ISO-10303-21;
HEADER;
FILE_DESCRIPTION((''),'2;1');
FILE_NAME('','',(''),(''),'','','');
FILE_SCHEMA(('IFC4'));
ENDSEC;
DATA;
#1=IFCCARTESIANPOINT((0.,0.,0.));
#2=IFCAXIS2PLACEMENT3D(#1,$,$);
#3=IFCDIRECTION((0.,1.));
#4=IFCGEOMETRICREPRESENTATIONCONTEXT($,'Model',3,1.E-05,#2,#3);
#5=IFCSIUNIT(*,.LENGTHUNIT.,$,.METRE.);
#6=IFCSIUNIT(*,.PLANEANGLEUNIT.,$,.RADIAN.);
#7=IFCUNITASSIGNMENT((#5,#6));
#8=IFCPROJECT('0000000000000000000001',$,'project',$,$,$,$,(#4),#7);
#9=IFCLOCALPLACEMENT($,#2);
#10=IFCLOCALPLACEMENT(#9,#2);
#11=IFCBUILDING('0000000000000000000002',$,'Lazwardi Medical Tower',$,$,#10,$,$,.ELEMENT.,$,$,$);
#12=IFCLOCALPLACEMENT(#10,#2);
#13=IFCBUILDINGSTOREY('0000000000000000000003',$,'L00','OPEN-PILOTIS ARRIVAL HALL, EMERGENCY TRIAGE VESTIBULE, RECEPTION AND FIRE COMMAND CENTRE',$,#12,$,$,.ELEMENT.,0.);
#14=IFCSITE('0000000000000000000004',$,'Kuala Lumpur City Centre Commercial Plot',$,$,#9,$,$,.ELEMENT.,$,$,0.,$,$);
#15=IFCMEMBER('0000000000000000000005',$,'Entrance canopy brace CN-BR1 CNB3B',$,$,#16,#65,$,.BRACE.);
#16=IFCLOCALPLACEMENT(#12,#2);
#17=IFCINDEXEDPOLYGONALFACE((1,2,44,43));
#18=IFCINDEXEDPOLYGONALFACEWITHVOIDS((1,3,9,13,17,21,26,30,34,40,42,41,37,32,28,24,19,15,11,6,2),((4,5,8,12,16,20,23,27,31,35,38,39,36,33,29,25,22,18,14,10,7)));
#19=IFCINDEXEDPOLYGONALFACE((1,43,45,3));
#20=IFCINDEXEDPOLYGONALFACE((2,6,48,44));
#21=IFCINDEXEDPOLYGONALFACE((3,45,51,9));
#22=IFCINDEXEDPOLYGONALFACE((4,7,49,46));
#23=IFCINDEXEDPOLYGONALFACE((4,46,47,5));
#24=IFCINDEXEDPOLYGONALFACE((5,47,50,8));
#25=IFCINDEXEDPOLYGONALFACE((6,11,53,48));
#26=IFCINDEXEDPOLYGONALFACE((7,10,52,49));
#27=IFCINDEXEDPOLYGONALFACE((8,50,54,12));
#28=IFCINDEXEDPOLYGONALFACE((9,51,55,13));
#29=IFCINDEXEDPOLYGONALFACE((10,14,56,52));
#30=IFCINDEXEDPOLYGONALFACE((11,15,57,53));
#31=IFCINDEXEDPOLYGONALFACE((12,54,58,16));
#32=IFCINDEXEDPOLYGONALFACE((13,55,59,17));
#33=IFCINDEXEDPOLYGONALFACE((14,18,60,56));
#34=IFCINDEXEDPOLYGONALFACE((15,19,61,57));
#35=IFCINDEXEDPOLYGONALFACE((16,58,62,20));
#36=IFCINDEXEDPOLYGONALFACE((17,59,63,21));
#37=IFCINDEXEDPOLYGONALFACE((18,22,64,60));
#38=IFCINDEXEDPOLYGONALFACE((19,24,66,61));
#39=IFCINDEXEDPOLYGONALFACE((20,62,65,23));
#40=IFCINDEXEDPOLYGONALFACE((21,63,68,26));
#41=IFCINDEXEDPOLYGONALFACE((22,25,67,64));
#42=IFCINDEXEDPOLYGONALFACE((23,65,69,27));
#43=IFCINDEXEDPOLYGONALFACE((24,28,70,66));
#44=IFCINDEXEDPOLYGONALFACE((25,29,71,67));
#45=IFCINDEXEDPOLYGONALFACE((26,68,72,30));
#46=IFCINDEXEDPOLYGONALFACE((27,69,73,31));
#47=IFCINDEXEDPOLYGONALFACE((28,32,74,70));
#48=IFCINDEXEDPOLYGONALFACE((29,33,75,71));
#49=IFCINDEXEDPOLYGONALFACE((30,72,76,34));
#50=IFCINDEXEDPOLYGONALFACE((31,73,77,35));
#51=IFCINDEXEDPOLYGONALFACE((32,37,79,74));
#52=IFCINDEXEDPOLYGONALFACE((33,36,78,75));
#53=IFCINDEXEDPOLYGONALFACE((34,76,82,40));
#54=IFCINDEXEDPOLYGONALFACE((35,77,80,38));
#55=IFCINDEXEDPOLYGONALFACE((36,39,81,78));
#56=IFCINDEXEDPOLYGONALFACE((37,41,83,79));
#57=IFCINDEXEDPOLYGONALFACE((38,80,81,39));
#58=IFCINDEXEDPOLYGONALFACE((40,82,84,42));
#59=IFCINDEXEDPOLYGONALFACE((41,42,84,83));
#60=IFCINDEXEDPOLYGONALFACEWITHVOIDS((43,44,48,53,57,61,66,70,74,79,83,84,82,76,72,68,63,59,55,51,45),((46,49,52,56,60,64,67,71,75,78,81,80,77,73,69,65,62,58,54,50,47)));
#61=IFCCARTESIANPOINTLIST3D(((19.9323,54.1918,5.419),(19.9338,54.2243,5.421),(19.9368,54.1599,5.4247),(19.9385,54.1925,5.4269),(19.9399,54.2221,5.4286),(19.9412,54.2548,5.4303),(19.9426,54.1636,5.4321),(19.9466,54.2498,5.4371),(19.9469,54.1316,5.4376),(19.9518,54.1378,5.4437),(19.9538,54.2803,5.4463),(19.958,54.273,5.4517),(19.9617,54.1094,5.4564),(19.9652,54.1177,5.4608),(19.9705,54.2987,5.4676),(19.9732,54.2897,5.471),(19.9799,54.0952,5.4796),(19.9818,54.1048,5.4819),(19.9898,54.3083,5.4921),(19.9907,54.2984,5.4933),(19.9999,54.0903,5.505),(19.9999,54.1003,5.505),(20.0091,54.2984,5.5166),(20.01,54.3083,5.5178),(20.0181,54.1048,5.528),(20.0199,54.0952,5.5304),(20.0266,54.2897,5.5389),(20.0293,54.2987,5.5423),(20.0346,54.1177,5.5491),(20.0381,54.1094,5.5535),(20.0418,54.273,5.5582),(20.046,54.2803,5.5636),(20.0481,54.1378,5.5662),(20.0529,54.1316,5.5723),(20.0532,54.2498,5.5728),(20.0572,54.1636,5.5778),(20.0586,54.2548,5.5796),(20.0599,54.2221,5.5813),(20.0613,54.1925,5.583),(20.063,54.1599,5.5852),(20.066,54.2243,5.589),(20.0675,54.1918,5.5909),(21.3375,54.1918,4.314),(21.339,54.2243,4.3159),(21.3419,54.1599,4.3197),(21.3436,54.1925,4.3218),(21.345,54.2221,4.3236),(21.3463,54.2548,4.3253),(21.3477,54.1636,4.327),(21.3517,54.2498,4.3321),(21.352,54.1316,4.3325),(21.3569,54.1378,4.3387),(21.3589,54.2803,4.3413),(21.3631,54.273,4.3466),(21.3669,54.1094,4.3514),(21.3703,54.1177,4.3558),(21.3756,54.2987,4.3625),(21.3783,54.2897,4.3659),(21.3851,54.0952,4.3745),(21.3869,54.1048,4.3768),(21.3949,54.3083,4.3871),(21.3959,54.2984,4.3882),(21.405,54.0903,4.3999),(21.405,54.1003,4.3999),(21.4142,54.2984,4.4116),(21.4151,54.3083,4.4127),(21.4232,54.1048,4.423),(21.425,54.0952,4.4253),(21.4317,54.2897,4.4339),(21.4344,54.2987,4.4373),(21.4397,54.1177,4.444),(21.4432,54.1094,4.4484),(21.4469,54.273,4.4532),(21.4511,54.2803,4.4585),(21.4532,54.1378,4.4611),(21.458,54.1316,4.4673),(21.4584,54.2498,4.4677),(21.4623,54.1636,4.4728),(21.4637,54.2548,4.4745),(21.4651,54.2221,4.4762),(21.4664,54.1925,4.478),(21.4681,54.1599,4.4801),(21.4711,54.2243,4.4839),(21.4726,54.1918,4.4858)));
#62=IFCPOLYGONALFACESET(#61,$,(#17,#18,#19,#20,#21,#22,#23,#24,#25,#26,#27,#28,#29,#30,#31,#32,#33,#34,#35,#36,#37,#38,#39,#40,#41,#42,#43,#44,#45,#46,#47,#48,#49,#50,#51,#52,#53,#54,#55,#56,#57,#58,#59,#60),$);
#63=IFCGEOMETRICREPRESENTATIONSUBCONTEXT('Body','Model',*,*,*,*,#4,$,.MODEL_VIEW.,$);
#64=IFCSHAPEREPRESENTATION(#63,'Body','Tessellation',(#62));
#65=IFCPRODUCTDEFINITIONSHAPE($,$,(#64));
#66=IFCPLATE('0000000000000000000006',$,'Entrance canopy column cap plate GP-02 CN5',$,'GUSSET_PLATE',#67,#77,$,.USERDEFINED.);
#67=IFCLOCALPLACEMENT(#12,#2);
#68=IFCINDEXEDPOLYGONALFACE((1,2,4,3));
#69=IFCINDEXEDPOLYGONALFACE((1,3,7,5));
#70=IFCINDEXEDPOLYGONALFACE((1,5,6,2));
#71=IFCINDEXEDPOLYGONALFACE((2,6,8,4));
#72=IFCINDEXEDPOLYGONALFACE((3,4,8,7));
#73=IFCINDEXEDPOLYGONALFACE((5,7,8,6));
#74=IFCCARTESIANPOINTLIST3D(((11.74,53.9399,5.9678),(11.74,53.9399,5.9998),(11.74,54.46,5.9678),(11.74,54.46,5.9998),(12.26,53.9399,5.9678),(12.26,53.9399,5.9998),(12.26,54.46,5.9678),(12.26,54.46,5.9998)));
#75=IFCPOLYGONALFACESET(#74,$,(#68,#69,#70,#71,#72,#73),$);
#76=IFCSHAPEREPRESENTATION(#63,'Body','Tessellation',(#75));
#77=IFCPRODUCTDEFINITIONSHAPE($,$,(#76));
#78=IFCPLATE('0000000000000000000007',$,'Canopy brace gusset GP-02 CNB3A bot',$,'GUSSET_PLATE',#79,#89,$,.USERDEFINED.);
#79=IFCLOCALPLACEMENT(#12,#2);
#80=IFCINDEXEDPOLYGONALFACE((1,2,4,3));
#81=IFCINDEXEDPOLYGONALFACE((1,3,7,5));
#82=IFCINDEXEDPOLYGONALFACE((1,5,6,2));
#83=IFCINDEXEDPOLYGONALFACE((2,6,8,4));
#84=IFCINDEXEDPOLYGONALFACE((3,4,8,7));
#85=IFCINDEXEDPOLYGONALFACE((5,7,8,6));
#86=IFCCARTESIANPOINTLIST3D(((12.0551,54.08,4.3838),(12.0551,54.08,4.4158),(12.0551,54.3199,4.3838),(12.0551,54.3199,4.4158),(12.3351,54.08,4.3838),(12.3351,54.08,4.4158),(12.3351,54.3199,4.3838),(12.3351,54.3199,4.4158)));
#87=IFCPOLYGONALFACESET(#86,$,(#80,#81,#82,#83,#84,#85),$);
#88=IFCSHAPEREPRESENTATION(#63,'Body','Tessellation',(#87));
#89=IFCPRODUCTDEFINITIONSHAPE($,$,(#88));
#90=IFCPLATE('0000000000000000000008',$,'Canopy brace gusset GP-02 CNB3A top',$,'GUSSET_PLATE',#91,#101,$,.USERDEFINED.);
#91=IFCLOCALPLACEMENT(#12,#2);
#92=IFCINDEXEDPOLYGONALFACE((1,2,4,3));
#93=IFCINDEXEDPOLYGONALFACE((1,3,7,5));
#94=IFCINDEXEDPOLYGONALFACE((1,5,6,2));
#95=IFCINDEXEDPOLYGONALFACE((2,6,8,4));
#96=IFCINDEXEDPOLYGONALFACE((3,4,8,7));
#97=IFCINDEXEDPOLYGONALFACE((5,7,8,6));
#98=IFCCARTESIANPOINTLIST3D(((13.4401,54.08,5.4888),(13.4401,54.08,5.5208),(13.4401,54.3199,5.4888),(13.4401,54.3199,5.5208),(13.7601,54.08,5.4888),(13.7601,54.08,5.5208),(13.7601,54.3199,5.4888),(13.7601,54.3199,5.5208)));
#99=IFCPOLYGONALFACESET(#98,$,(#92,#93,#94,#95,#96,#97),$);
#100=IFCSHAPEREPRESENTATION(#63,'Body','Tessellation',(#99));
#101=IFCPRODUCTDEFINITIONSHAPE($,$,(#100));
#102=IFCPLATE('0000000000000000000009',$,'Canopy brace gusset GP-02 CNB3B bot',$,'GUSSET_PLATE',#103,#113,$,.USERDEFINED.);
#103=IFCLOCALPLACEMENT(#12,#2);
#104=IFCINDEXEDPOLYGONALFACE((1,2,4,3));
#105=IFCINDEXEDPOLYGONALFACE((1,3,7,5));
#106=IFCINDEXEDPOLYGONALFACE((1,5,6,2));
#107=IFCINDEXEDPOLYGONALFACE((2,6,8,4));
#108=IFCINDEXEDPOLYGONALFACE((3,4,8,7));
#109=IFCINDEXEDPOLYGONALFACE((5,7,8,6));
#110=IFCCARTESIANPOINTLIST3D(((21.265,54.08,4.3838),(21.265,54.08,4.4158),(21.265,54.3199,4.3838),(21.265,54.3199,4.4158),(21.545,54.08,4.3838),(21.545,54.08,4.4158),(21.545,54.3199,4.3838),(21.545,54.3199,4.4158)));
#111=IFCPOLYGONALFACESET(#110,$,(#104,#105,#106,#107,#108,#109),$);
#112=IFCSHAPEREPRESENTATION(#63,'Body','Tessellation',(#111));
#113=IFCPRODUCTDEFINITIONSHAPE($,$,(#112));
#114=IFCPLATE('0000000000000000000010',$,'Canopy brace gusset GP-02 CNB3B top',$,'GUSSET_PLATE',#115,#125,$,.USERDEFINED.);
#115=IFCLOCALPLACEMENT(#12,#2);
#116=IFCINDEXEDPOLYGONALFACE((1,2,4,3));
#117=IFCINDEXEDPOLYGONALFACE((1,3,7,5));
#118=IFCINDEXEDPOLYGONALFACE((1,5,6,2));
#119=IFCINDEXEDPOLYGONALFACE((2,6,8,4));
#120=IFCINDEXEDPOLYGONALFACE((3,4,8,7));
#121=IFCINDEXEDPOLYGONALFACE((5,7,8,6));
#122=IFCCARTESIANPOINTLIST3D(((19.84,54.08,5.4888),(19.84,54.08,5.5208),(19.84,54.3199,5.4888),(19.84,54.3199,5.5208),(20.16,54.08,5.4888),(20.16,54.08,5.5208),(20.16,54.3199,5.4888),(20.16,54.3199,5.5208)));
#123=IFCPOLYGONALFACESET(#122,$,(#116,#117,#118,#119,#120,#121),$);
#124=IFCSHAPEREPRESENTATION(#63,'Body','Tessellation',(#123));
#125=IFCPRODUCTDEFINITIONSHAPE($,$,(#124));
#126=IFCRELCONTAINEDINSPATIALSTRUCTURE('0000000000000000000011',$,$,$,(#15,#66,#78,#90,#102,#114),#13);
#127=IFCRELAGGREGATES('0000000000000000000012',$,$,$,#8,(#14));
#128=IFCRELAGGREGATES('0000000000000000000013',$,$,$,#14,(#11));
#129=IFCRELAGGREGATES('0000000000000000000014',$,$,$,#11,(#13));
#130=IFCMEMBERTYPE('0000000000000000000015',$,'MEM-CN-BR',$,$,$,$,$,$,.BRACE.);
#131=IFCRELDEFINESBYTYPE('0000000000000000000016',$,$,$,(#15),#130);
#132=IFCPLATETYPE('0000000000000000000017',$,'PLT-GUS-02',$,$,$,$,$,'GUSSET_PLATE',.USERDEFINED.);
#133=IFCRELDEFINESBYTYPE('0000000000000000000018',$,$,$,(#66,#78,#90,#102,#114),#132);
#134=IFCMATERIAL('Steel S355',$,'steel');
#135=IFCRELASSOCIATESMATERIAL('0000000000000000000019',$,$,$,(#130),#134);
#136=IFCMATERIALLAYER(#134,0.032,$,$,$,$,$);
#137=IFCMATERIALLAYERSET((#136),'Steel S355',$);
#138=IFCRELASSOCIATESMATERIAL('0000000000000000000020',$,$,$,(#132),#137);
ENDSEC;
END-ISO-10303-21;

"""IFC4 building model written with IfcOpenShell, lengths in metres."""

from ifc_helpers import new_model, si_unit, direction, frame, origin, origin_2d, place, context, subcontext, project, spatial, rectangle, hollow_circle, extrude, material, layer, layer_set, material_profile, profile_set, type_object, element, save


model = new_model("IFC4")

# Units and contexts
model_context = context("Model", 3, precision=1e-05, world=origin(), true_north=direction((0.0, 1.0)))
body_context = subcontext(model_context, "Body", "Model", "MODEL_VIEW")
ifc_project = project(units=[si_unit("LENGTHUNIT", "METRE"), si_unit("PLANEANGLEUNIT", "RADIAN")], contexts=[model_context])

# Site, building, storey
site_placement = place(None, origin())
site = spatial("IfcSite", under=ifc_project, at=site_placement, Name="Kuala Lumpur City Centre Commercial Plot", CompositionType="ELEMENT", RefElevation=0.0)
building_placement = place(site_placement, origin())
building = spatial("IfcBuilding", under=site, at=building_placement, Name="Lazwardi Medical Tower", CompositionType="ELEMENT")
storey_placement = place(building_placement, origin())
storey = spatial("IfcBuildingStorey", under=building, at=storey_placement, Name="L00", Description="OPEN-PILOTIS ARRIVAL HALL, EMERGENCY TRIAGE VESTIBULE, RECEPTION AND FIRE COMMAND CENTRE", CompositionType="ELEMENT", Elevation=0.0)

# Shared definitions
ifc_material_1 = material(Name="Steel S355", Category="steel")

# Member
ifc_material_profile_1 = material_profile(ifc_material_1, hollow_circle(Radius=0.1096, WallThickness=0.01, at=origin_2d()), Name="CHS 219.1x10")
ifc_profile_set_1 = profile_set([ifc_material_profile_1], Name="Steel S355")
member_type = type_object("IfcMemberType", Name="MEM-CN-BR", PredefinedType="BRACE", material=ifc_profile_set_1)
for number, where, z_axis, x_axis, name in (
    (1, (21.405, 54.2, 4.3999), (-0.786039, 0.0, 0.618177), (0.0, -1.0, 0.0), "Entrance canopy brace CN-BR1 CNB3B"),
):
    element("IfcMember", number, at=place(storey_placement, frame(where, z_axis=z_axis, x_axis=x_axis)), inside=storey, type_object=member_type, Name=name, PredefinedType="BRACE", context=body_context, shape_type="SweptSolid", body=[
        extrude(hollow_circle(Radius=0.1096, WallThickness=0.01, at=origin_2d()), origin(), (0.0, 0.0, 1.0), 1.7876),
    ])

# Plates
ifc_layer = layer(ifc_material_1, 0.032)
ifc_layer_set = layer_set([ifc_layer], Name="Steel S355")
plate_type = type_object("IfcPlateType", Name="PLT-GUS-02", ElementType="GUSSET_PLATE", PredefinedType="USERDEFINED", material=ifc_layer_set)
plate_1_placement = place(storey_placement, frame((12.0, 54.2, 5.9678), z_axis=(0.0, 0.0, 1.0), x_axis=(1.0, 0.0, 0.0)))
element("IfcPlate", 2, at=plate_1_placement, inside=storey, type_object=plate_type, Name="Entrance canopy column cap plate GP-02 CN5", ObjectType="GUSSET_PLATE", PredefinedType="USERDEFINED", context=body_context, shape_type="SweptSolid", body=[
    extrude(rectangle(XDim=0.52, YDim=0.52, at=origin_2d()), origin(), (0.0, 0.0, 1.0), 0.032),
])
plate_2_placement = place(storey_placement, frame((12.1951, 54.2, 4.3838), z_axis=(0.0, 0.0, 1.0), x_axis=(1.0, 0.0, 0.0)))
element("IfcPlate", 3, at=plate_2_placement, inside=storey, type_object=plate_type, Name="Canopy brace gusset GP-02 CNB3A bot", ObjectType="GUSSET_PLATE", PredefinedType="USERDEFINED", context=body_context, shape_type="SweptSolid", body=[
    extrude(rectangle(XDim=0.28, YDim=0.24, at=origin_2d()), origin(), (0.0, 0.0, 1.0), 0.032),
])
plate_3_placement = place(storey_placement, frame((13.6001, 54.2, 5.4888), z_axis=(0.0, 0.0, 1.0), x_axis=(1.0, 0.0, 0.0)))
element("IfcPlate", 4, at=plate_3_placement, inside=storey, type_object=plate_type, Name="Canopy brace gusset GP-02 CNB3A top", ObjectType="GUSSET_PLATE", PredefinedType="USERDEFINED", context=body_context, shape_type="SweptSolid", body=[
    extrude(rectangle(XDim=0.3201, YDim=0.24, at=origin_2d()), origin(), (0.0, 0.0, 1.0), 0.032),
])
plate_4_placement = place(storey_placement, frame((21.405, 54.2, 4.3838), z_axis=(0.0, 0.0, 1.0), x_axis=(1.0, 0.0, 0.0)))
element("IfcPlate", 5, at=plate_4_placement, inside=storey, type_object=plate_type, Name="Canopy brace gusset GP-02 CNB3B bot", ObjectType="GUSSET_PLATE", PredefinedType="USERDEFINED", context=body_context, shape_type="SweptSolid", body=[
    extrude(rectangle(XDim=0.28, YDim=0.24, at=origin_2d()), origin(), (0.0, 0.0, 1.0), 0.032),
])
plate_5_placement = place(storey_placement, frame((20.0, 54.2, 5.4888), z_axis=(0.0, 0.0, 1.0), x_axis=(1.0, 0.0, 0.0)))
element("IfcPlate", 6, at=plate_5_placement, inside=storey, type_object=plate_type, Name="Canopy brace gusset GP-02 CNB3B top", ObjectType="GUSSET_PLATE", PredefinedType="USERDEFINED", context=body_context, shape_type="SweptSolid", body=[
    extrude(rectangle(XDim=0.3201, YDim=0.24, at=origin_2d()), origin(), (0.0, 0.0, 1.0), 0.032),
])

save(model, "model.ifc")
